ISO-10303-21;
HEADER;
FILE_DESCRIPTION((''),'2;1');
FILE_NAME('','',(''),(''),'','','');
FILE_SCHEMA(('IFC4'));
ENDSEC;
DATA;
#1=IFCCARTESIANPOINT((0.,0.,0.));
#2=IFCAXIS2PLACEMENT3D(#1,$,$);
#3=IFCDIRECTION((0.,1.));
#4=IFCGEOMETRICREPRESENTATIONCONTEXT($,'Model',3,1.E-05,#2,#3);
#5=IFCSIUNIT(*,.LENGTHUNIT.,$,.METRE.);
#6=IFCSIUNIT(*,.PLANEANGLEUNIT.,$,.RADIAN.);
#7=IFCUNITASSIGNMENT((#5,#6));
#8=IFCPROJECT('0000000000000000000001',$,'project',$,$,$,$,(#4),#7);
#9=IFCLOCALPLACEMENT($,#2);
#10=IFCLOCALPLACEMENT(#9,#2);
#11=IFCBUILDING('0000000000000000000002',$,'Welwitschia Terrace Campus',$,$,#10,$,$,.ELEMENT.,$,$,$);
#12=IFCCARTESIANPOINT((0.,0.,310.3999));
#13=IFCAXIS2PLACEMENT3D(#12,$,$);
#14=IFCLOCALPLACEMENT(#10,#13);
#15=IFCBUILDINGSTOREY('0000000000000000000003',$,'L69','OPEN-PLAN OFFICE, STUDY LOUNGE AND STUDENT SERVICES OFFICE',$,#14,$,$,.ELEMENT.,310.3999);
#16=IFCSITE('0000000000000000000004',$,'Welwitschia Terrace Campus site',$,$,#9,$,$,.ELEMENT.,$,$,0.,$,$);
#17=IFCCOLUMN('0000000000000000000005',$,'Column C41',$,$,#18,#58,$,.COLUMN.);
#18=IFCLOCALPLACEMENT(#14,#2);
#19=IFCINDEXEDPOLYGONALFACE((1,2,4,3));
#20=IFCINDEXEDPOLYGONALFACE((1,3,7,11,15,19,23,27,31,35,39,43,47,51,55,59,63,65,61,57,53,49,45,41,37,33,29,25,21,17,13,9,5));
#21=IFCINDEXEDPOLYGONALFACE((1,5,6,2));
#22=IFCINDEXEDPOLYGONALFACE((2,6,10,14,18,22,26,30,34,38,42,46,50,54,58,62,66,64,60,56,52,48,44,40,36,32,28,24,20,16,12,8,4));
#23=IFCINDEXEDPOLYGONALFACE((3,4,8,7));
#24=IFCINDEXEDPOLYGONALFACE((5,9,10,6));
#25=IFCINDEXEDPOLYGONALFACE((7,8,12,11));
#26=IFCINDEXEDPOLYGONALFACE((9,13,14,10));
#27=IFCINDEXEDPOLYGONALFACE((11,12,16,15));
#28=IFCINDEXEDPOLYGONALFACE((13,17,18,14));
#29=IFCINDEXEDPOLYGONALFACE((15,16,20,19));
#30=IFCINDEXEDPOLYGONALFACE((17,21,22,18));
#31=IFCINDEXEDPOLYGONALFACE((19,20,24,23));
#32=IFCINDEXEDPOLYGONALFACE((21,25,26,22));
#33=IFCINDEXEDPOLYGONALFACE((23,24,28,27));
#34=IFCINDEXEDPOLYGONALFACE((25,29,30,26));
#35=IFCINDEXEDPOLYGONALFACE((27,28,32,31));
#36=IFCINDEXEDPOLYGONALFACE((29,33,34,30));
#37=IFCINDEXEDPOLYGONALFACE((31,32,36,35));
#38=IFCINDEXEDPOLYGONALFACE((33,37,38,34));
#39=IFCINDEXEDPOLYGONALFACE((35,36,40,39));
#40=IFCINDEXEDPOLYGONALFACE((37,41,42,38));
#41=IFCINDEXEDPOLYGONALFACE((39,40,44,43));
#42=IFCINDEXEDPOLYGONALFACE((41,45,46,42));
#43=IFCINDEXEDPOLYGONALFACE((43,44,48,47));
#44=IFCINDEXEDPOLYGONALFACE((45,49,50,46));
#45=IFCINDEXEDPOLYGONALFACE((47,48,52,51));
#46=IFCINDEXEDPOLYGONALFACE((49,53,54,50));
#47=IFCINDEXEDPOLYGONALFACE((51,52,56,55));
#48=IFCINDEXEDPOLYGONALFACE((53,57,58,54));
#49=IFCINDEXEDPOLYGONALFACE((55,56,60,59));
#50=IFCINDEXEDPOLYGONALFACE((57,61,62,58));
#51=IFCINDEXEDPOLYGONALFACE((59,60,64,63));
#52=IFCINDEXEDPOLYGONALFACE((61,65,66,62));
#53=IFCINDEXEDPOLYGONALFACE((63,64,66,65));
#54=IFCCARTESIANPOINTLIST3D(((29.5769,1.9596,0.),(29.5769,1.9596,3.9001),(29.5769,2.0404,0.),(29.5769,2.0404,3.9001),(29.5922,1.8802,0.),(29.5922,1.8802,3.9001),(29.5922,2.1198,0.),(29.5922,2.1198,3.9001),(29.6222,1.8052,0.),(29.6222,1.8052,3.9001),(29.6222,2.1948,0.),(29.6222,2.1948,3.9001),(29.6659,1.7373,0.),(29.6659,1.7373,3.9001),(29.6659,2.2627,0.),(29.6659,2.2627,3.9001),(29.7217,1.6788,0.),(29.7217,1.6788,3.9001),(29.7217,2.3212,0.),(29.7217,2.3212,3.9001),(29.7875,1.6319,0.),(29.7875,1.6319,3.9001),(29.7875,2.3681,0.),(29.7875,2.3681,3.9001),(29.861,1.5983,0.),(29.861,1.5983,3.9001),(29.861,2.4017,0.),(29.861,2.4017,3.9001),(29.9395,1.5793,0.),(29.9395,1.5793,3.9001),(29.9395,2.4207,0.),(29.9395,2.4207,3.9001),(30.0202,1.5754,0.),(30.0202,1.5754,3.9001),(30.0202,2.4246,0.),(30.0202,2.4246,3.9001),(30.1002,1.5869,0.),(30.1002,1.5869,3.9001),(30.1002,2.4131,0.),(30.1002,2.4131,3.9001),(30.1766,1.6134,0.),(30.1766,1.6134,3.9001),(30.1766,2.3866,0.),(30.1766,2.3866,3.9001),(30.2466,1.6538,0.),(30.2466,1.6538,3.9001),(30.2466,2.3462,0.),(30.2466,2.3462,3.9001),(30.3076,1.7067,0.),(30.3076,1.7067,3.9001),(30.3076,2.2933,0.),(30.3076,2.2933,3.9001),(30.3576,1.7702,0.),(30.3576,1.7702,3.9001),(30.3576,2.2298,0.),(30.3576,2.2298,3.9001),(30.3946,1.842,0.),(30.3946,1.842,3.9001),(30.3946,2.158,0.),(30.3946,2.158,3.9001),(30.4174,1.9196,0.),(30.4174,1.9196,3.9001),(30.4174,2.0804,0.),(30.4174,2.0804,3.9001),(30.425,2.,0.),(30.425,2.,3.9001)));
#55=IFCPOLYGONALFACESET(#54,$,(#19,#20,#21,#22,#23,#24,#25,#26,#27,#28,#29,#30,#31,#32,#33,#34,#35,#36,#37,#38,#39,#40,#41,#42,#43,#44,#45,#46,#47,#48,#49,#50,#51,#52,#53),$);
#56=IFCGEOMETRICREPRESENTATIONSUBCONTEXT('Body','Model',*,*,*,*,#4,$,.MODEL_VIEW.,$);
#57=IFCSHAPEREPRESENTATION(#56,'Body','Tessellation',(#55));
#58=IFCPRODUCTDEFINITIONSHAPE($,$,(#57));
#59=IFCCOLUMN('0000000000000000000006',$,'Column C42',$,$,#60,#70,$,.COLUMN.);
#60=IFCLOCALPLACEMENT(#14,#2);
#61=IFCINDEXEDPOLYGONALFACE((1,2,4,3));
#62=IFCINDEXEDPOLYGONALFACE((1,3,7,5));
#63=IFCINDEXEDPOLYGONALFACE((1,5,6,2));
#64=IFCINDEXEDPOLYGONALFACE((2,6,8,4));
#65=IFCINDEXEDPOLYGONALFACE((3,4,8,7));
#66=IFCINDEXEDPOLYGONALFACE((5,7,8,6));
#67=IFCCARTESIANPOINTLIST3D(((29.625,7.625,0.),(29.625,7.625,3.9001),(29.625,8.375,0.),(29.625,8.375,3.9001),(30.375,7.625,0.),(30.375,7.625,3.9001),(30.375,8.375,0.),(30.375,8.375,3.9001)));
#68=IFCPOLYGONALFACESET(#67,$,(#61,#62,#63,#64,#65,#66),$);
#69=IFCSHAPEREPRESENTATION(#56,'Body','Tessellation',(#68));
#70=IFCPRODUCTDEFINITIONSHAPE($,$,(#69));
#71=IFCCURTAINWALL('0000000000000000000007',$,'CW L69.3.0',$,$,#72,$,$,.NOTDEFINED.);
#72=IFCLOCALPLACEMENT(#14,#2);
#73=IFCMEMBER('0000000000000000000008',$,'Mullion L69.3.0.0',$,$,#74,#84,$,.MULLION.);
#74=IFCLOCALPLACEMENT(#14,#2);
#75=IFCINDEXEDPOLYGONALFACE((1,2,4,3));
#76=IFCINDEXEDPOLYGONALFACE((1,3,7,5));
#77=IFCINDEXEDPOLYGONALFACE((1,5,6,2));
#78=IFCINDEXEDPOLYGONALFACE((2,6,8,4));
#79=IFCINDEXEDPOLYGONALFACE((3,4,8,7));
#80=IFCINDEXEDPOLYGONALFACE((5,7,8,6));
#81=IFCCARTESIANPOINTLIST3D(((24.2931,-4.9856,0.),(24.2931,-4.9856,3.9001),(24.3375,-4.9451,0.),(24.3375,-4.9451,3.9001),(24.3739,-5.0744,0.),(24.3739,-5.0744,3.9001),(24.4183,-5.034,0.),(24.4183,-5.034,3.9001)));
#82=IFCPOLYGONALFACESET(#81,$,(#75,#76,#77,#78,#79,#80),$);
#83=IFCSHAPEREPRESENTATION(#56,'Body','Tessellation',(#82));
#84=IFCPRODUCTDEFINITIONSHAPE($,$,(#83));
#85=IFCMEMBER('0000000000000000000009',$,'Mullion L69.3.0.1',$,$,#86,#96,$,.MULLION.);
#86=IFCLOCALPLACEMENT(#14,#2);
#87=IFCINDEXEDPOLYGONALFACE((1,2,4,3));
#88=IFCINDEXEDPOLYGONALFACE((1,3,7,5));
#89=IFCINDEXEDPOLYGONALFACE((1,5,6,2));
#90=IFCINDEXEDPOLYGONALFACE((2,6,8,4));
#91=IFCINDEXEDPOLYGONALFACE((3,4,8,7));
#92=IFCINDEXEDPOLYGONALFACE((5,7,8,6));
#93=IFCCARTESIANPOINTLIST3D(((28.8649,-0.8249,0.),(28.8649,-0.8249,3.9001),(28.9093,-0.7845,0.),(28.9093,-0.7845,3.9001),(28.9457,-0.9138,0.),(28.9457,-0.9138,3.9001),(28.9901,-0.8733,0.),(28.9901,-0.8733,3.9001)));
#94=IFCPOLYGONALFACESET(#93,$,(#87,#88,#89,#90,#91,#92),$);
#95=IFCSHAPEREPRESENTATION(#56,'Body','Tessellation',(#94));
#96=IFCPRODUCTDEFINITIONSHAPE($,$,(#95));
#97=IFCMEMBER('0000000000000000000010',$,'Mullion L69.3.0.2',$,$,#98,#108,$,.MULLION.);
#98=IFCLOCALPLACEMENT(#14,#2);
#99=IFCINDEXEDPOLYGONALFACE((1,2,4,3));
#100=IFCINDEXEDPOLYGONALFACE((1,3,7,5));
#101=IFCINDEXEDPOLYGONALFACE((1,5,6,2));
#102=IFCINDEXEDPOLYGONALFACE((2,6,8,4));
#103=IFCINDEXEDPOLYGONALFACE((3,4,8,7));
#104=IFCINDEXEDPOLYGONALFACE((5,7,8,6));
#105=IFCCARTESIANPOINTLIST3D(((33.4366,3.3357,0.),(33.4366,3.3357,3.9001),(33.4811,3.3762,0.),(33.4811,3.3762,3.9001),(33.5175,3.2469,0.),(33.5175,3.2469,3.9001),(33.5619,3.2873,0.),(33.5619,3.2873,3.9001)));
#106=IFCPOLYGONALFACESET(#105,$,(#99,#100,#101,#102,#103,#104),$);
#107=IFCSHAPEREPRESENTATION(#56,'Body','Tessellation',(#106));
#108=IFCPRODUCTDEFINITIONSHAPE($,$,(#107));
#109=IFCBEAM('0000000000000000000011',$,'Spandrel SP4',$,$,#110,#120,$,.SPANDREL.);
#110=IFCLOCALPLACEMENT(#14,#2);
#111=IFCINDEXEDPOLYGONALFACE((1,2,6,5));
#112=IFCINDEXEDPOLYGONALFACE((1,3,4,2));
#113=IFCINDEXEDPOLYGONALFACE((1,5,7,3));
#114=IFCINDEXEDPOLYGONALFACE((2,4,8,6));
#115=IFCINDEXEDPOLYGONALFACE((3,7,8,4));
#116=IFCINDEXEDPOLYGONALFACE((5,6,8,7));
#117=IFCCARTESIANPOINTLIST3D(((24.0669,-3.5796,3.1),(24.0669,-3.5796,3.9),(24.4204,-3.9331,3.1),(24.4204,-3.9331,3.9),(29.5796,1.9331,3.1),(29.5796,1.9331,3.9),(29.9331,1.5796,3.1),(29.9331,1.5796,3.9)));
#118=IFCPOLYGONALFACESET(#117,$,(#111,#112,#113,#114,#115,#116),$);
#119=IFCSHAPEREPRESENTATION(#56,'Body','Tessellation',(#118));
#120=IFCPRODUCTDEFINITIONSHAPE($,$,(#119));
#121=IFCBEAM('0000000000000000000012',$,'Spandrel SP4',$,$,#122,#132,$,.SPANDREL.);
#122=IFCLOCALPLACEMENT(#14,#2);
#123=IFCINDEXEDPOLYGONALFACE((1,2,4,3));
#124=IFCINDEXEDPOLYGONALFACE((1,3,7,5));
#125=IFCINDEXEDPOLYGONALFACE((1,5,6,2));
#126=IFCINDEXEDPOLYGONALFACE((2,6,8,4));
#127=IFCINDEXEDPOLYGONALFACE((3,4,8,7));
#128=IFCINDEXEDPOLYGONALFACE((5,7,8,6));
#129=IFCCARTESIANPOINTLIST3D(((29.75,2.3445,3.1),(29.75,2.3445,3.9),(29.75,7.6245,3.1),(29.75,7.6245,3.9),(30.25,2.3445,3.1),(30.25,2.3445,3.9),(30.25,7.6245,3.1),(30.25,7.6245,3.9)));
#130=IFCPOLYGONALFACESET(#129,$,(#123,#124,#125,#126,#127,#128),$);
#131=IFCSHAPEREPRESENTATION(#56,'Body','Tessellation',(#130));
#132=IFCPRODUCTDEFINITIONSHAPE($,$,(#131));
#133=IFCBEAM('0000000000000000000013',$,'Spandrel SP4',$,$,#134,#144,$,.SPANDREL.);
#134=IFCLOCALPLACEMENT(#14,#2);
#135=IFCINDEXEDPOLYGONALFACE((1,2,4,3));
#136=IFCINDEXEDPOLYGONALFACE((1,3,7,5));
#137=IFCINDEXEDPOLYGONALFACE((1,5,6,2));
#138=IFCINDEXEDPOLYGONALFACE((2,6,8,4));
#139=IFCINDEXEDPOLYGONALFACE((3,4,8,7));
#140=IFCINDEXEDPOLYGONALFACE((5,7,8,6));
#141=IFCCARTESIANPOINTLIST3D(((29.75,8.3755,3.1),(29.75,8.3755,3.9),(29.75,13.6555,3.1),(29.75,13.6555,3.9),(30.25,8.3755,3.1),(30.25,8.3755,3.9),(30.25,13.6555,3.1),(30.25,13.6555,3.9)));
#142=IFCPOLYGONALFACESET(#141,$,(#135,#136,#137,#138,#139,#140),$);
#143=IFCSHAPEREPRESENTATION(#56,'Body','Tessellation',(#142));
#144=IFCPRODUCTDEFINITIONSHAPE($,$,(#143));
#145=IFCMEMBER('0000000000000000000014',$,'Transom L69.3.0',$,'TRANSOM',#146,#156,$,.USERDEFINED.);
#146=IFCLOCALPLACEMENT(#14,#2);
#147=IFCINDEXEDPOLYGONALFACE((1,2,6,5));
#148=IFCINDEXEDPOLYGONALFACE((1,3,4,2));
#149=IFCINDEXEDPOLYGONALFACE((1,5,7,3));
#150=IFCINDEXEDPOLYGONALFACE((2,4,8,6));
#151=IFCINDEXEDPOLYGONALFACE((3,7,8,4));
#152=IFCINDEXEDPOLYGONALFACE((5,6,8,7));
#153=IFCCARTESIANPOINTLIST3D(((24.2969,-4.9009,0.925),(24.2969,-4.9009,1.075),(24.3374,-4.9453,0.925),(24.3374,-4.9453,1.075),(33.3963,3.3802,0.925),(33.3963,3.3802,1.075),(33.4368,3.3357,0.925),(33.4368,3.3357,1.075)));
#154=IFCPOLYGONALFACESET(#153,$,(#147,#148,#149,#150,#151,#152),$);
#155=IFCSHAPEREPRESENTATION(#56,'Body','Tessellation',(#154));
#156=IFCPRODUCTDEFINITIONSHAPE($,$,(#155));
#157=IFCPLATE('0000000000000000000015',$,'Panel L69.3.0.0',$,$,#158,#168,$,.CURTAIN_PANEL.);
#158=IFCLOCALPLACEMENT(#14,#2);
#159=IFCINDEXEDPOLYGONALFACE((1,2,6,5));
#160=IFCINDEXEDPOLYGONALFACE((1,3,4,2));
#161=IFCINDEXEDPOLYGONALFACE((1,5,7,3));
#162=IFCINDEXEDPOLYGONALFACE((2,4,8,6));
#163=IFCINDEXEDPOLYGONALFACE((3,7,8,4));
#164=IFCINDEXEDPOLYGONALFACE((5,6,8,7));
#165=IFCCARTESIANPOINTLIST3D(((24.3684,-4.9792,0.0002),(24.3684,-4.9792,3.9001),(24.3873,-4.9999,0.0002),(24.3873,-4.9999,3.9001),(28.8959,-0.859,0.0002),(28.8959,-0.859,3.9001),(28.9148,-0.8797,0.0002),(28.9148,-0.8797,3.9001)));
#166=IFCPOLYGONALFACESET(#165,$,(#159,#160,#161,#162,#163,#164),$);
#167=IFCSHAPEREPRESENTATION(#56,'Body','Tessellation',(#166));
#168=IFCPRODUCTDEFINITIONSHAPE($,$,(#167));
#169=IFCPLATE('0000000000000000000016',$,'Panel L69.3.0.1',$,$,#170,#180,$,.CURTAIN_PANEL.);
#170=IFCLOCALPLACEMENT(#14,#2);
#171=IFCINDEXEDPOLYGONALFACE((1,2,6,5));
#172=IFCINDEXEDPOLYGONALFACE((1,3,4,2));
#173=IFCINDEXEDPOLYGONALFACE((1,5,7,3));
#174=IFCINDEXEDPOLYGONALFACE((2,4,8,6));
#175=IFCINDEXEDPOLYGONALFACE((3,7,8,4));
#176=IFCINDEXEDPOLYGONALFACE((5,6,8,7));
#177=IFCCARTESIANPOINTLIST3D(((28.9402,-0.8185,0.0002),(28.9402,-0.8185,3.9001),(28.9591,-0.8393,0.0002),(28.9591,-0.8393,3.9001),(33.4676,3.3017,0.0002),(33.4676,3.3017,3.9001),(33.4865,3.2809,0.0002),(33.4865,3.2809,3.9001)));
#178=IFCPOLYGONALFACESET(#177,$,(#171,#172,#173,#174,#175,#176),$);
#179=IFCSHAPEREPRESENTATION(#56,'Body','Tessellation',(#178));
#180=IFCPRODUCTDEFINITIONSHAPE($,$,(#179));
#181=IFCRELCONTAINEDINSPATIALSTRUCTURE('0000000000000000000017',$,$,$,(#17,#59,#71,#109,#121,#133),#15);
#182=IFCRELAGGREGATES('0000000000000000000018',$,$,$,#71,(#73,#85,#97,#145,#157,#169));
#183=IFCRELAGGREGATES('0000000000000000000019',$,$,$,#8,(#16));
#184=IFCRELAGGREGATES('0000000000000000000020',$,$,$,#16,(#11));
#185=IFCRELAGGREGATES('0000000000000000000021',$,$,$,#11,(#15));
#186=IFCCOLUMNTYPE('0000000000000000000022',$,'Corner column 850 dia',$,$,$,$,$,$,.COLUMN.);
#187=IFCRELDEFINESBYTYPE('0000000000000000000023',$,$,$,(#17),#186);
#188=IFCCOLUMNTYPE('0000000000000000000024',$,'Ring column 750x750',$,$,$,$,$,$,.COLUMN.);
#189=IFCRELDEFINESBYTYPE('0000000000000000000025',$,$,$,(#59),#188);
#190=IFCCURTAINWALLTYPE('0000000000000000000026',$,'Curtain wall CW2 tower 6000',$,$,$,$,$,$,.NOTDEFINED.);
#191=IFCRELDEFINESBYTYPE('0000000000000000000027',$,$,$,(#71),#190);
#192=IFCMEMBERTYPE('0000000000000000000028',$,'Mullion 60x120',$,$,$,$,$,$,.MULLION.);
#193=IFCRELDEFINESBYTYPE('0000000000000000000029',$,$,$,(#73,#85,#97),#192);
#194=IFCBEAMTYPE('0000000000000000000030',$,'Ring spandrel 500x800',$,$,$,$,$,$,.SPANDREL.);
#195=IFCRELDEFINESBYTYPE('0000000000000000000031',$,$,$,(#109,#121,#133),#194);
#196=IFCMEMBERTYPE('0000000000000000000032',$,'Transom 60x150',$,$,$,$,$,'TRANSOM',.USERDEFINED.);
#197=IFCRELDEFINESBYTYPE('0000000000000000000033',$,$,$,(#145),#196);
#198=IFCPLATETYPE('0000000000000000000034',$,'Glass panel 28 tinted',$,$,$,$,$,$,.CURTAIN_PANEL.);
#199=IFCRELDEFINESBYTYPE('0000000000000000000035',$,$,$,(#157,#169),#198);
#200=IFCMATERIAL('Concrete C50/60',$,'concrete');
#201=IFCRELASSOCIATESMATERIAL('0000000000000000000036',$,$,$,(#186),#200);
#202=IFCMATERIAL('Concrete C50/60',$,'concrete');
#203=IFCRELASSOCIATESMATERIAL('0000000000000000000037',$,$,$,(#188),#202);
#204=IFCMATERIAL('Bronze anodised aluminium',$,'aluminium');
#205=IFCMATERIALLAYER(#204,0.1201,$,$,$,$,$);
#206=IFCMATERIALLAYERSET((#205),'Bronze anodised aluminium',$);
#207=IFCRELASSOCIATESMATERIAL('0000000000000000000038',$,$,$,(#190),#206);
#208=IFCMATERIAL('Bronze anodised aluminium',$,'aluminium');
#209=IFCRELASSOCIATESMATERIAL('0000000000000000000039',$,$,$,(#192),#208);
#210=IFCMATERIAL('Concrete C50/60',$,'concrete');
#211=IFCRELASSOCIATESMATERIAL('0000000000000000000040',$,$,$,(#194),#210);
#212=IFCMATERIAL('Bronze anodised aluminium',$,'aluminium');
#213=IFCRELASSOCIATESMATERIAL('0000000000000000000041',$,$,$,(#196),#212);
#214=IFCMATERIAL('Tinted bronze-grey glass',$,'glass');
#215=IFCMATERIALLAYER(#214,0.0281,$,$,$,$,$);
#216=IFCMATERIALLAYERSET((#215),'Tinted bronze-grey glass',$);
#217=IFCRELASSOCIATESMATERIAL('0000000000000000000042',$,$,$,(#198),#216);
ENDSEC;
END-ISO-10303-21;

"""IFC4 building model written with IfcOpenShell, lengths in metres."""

from ifc_helpers import new_model, si_unit, direction, frame, origin, origin_2d, place, context, subcontext, project, spatial, rectangle, circle, extrude, material, layer, layer_set, material_profile, profile_set, type_object, element, aggregate, save


model = new_model("IFC4")

# Units and contexts
model_context = context("Model", 3, precision=1e-05, world=origin(), true_north=direction((0.0, 1.0)))
body_context = subcontext(model_context, "Body", "Model", "MODEL_VIEW")
ifc_project = project(units=[si_unit("LENGTHUNIT", "METRE"), si_unit("PLANEANGLEUNIT", "RADIAN")], contexts=[model_context])

# Site, building, storey
site_placement = place(None, origin())
site = spatial("IfcSite", under=ifc_project, at=site_placement, Name="Welwitschia Terrace Campus site", CompositionType="ELEMENT", RefElevation=0.0)
building_placement = place(site_placement, origin())
building = spatial("IfcBuilding", under=site, at=building_placement, Name="Welwitschia Terrace Campus", CompositionType="ELEMENT")
storey_placement = place(building_placement, frame((0.0, 0.0, 310.3999)))
storey = spatial("IfcBuildingStorey", under=building, at=storey_placement, Name="L69", Description="OPEN-PLAN OFFICE, STUDY LOUNGE AND STUDENT SERVICES OFFICE", CompositionType="ELEMENT", Elevation=310.3999)

# Columns
ifc_material_1 = material(Name="Concrete C50/60", Category="concrete")
ifc_material_profile_1 = material_profile(ifc_material_1, circle(Radius=0.425, at=origin_2d()))
ifc_profile_set_1 = profile_set([ifc_material_profile_1], Name="Concrete C50/60")
column_type_1 = type_object("IfcColumnType", Name="Corner column 850 dia", PredefinedType="COLUMN", material=ifc_profile_set_1)
column_1_placement = place(storey_placement, frame((30.0, 2.0, 0.0), z_axis=(0.0, 0.0, 1.0), x_axis=(1.0, 0.0, 0.0)))
element("IfcColumn", 1, at=column_1_placement, inside=storey, type_object=column_type_1, Name="Column C41", PredefinedType="COLUMN", context=body_context, shape_type="SweptSolid", body=[
    extrude(circle(Radius=0.425, at=origin_2d()), origin(), (0.0, 0.0, 1.0), 3.9001),
])
ifc_material_2 = material(Name="Concrete C50/60", Category="concrete")
ifc_material_profile_2 = material_profile(ifc_material_2, rectangle(XDim=0.75, YDim=0.75, at=origin_2d()))
ifc_profile_set_2 = profile_set([ifc_material_profile_2], Name="Concrete C50/60")
column_type_2 = type_object("IfcColumnType", Name="Ring column 750x750", PredefinedType="COLUMN", material=ifc_profile_set_2)
column_2_placement = place(storey_placement, frame((30.0, 8.0, 0.0), z_axis=(0.0, 0.0, 1.0), x_axis=(1.0, 0.0, 0.0)))
element("IfcColumn", 2, at=column_2_placement, inside=storey, type_object=column_type_2, Name="Column C42", PredefinedType="COLUMN", context=body_context, shape_type="SweptSolid", body=[
    extrude(rectangle(XDim=0.75, YDim=0.75, at=origin_2d()), origin(), (0.0, 0.0, 1.0), 3.9001),
])

# Curtain wall, members
ifc_material_3 = material(Name="Bronze anodised aluminium", Category="aluminium")
ifc_layer_1 = layer(ifc_material_3, 0.1201)
ifc_layer_set_1 = layer_set([ifc_layer_1], Name="Bronze anodised aluminium")
curtain_wall_type = type_object("IfcCurtainWallType", Name="Curtain wall CW2 tower 6000", PredefinedType="NOTDEFINED", material=ifc_layer_set_1)
curtain_wall_placement = place(storey_placement, origin())
curtain_wall = element("IfcCurtainWall", 3, at=curtain_wall_placement, inside=storey, type_object=curtain_wall_type, Name="CW L69.3.0", PredefinedType="NOTDEFINED")
ifc_material_4 = material(Name="Bronze anodised aluminium", Category="aluminium")
ifc_material_profile_3 = material_profile(ifc_material_4, rectangle(XDim=0.1201, YDim=0.0601, at=origin_2d()))
ifc_profile_set_3 = profile_set([ifc_material_profile_3], Name="Bronze anodised aluminium")
member_type_1 = type_object("IfcMemberType", Name="Mullion 60x120", PredefinedType="MULLION", material=ifc_profile_set_3)
member_1_placement = place(storey_placement, frame((24.3557, -5.0098, 0.0), z_axis=(0.0, 0.0, 1.0), x_axis=(-0.673062, 0.739586, 0.0)))
member_1 = element("IfcMember", 4, at=member_1_placement, type_object=member_type_1, Name="Mullion L69.3.0.0", PredefinedType="MULLION", context=body_context, shape_type="SweptSolid", body=[
    extrude(rectangle(XDim=0.1201, YDim=0.0601, at=origin_2d()), origin(), (0.0, 0.0, 1.0), 3.9001),
])
member_2_placement = place(storey_placement, frame((28.9275, -0.8491, 0.0), z_axis=(0.0, 0.0, 1.0), x_axis=(-0.673062, 0.739586, 0.0)))
member_2 = element("IfcMember", 5, at=member_2_placement, type_object=member_type_1, Name="Mullion L69.3.0.1", PredefinedType="MULLION", context=body_context, shape_type="SweptSolid", body=[
    extrude(rectangle(XDim=0.1201, YDim=0.0601, at=origin_2d()), origin(), (0.0, 0.0, 1.0), 3.9001),
])
member_3_placement = place(storey_placement, frame((33.4993, 3.3115, 0.0), z_axis=(0.0, 0.0, 1.0), x_axis=(-0.673062, 0.739586, 0.0)))
member_3 = element("IfcMember", 6, at=member_3_placement, type_object=member_type_1, Name="Mullion L69.3.0.2", PredefinedType="MULLION", context=body_context, shape_type="SweptSolid", body=[
    extrude(rectangle(XDim=0.1201, YDim=0.0601, at=origin_2d()), origin(), (0.0, 0.0, 1.0), 3.9001),
])

# Beams
ifc_material_5 = material(Name="Concrete C50/60", Category="concrete")
ifc_material_profile_4 = material_profile(ifc_material_5, rectangle(XDim=0.5, YDim=0.8, at=origin_2d()))
ifc_profile_set_4 = profile_set([ifc_material_profile_4], Name="Concrete C50/60")
beam_type = type_object("IfcBeamType", Name="Ring spandrel 500x800", PredefinedType="SPANDREL", material=ifc_profile_set_4)
beam_placement = place(storey_placement, frame((24.2437, -3.7563, 3.5), z_axis=(0.707107, 0.707107, 0.0), x_axis=(-0.707107, 0.707107, 0.0)))
element("IfcBeam", 7, at=beam_placement, inside=storey, type_object=beam_type, Name="Spandrel SP4", PredefinedType="SPANDREL", context=body_context, shape_type="SweptSolid", body=[
    extrude(rectangle(XDim=0.5, YDim=0.8, at=origin_2d()), origin(), (0.0, 0.0, 1.0), 7.7961),
])
for number, where, z_axis, x_axis, name in (
    (8, (30.0, 2.3445, 3.5), (0.0, 1.0, 0.0), (-1.0, 0.0, 0.0), "Spandrel SP4"),
    (9, (30.0, 8.3755, 3.5), (0.0, 1.0, 0.0), (-1.0, 0.0, 0.0), "Spandrel SP4"),
):
    element("IfcBeam", number, at=place(storey_placement, frame(where, z_axis=z_axis, x_axis=x_axis)), inside=storey, type_object=beam_type, Name=name, PredefinedType="SPANDREL", context=body_context, shape_type="SweptSolid", body=[
        extrude(rectangle(XDim=0.5, YDim=0.8, at=origin_2d()), origin(), (0.0, 0.0, 1.0), 5.28),
    ])

# Member
ifc_material_6 = material(Name="Bronze anodised aluminium", Category="aluminium")
ifc_material_profile_5 = material_profile(ifc_material_6, rectangle(XDim=0.0601, YDim=0.1499, at=origin_2d()))
ifc_profile_set_5 = profile_set([ifc_material_profile_5], Name="Bronze anodised aluminium")
member_type_2 = type_object("IfcMemberType", Name="Transom 60x150", ElementType="TRANSOM", PredefinedType="USERDEFINED", material=ifc_profile_set_5)
member_4_placement = place(storey_placement, frame((24.3171, -4.9231, 1.0), z_axis=(0.739582, 0.673067, 0.0), x_axis=(-0.673067, 0.739582, 0.0)))
member_4 = element("IfcMember", 10, at=member_4_placement, type_object=member_type_2, Name="Transom L69.3.0", ObjectType="TRANSOM", PredefinedType="USERDEFINED", context=body_context, shape_type="SweptSolid", body=[
    extrude(rectangle(XDim=0.0601, YDim=0.1499, at=origin_2d()), origin(), (0.0, 0.0, 1.0), 12.3035),
])

# Plates
ifc_material_7 = material(Name="Tinted bronze-grey glass", Category="glass")
ifc_layer_2 = layer(ifc_material_7, 0.0281)
ifc_layer_set_2 = layer_set([ifc_layer_2], Name="Tinted bronze-grey glass")
plate_type = type_object("IfcPlateType", Name="Glass panel 28 tinted", PredefinedType="CURTAIN_PANEL", material=ifc_layer_set_2)
plate_1_placement = place(storey_placement, frame((26.6416, -2.9294, 0.0002), z_axis=(0.0, 0.0, 1.0), x_axis=(0.739586, 0.673062, 0.0)))
plate_1 = element("IfcPlate", 11, at=plate_1_placement, type_object=plate_type, Name="Panel L69.3.0.0", PredefinedType="CURTAIN_PANEL", context=body_context, shape_type="SweptSolid", body=[
    extrude(rectangle(XDim=6.1216, YDim=0.0281, at=origin_2d()), origin(), (0.0, 0.0, 1.0), 3.8999),
])
plate_2_placement = place(storey_placement, frame((31.2134, 1.2312, 0.0002), z_axis=(0.0, 0.0, 1.0), x_axis=(0.739586, 0.673062, 0.0)))
plate_2 = element("IfcPlate", 12, at=plate_2_placement, type_object=plate_type, Name="Panel L69.3.0.1", PredefinedType="CURTAIN_PANEL", context=body_context, shape_type="SweptSolid", body=[
    extrude(rectangle(XDim=6.1216, YDim=0.0281, at=origin_2d()), origin(), (0.0, 0.0, 1.0), 3.8999),
])
aggregate(curtain_wall, [member_1, member_2, member_3, member_4, plate_1, plate_2])

save(model, "model.ifc")
